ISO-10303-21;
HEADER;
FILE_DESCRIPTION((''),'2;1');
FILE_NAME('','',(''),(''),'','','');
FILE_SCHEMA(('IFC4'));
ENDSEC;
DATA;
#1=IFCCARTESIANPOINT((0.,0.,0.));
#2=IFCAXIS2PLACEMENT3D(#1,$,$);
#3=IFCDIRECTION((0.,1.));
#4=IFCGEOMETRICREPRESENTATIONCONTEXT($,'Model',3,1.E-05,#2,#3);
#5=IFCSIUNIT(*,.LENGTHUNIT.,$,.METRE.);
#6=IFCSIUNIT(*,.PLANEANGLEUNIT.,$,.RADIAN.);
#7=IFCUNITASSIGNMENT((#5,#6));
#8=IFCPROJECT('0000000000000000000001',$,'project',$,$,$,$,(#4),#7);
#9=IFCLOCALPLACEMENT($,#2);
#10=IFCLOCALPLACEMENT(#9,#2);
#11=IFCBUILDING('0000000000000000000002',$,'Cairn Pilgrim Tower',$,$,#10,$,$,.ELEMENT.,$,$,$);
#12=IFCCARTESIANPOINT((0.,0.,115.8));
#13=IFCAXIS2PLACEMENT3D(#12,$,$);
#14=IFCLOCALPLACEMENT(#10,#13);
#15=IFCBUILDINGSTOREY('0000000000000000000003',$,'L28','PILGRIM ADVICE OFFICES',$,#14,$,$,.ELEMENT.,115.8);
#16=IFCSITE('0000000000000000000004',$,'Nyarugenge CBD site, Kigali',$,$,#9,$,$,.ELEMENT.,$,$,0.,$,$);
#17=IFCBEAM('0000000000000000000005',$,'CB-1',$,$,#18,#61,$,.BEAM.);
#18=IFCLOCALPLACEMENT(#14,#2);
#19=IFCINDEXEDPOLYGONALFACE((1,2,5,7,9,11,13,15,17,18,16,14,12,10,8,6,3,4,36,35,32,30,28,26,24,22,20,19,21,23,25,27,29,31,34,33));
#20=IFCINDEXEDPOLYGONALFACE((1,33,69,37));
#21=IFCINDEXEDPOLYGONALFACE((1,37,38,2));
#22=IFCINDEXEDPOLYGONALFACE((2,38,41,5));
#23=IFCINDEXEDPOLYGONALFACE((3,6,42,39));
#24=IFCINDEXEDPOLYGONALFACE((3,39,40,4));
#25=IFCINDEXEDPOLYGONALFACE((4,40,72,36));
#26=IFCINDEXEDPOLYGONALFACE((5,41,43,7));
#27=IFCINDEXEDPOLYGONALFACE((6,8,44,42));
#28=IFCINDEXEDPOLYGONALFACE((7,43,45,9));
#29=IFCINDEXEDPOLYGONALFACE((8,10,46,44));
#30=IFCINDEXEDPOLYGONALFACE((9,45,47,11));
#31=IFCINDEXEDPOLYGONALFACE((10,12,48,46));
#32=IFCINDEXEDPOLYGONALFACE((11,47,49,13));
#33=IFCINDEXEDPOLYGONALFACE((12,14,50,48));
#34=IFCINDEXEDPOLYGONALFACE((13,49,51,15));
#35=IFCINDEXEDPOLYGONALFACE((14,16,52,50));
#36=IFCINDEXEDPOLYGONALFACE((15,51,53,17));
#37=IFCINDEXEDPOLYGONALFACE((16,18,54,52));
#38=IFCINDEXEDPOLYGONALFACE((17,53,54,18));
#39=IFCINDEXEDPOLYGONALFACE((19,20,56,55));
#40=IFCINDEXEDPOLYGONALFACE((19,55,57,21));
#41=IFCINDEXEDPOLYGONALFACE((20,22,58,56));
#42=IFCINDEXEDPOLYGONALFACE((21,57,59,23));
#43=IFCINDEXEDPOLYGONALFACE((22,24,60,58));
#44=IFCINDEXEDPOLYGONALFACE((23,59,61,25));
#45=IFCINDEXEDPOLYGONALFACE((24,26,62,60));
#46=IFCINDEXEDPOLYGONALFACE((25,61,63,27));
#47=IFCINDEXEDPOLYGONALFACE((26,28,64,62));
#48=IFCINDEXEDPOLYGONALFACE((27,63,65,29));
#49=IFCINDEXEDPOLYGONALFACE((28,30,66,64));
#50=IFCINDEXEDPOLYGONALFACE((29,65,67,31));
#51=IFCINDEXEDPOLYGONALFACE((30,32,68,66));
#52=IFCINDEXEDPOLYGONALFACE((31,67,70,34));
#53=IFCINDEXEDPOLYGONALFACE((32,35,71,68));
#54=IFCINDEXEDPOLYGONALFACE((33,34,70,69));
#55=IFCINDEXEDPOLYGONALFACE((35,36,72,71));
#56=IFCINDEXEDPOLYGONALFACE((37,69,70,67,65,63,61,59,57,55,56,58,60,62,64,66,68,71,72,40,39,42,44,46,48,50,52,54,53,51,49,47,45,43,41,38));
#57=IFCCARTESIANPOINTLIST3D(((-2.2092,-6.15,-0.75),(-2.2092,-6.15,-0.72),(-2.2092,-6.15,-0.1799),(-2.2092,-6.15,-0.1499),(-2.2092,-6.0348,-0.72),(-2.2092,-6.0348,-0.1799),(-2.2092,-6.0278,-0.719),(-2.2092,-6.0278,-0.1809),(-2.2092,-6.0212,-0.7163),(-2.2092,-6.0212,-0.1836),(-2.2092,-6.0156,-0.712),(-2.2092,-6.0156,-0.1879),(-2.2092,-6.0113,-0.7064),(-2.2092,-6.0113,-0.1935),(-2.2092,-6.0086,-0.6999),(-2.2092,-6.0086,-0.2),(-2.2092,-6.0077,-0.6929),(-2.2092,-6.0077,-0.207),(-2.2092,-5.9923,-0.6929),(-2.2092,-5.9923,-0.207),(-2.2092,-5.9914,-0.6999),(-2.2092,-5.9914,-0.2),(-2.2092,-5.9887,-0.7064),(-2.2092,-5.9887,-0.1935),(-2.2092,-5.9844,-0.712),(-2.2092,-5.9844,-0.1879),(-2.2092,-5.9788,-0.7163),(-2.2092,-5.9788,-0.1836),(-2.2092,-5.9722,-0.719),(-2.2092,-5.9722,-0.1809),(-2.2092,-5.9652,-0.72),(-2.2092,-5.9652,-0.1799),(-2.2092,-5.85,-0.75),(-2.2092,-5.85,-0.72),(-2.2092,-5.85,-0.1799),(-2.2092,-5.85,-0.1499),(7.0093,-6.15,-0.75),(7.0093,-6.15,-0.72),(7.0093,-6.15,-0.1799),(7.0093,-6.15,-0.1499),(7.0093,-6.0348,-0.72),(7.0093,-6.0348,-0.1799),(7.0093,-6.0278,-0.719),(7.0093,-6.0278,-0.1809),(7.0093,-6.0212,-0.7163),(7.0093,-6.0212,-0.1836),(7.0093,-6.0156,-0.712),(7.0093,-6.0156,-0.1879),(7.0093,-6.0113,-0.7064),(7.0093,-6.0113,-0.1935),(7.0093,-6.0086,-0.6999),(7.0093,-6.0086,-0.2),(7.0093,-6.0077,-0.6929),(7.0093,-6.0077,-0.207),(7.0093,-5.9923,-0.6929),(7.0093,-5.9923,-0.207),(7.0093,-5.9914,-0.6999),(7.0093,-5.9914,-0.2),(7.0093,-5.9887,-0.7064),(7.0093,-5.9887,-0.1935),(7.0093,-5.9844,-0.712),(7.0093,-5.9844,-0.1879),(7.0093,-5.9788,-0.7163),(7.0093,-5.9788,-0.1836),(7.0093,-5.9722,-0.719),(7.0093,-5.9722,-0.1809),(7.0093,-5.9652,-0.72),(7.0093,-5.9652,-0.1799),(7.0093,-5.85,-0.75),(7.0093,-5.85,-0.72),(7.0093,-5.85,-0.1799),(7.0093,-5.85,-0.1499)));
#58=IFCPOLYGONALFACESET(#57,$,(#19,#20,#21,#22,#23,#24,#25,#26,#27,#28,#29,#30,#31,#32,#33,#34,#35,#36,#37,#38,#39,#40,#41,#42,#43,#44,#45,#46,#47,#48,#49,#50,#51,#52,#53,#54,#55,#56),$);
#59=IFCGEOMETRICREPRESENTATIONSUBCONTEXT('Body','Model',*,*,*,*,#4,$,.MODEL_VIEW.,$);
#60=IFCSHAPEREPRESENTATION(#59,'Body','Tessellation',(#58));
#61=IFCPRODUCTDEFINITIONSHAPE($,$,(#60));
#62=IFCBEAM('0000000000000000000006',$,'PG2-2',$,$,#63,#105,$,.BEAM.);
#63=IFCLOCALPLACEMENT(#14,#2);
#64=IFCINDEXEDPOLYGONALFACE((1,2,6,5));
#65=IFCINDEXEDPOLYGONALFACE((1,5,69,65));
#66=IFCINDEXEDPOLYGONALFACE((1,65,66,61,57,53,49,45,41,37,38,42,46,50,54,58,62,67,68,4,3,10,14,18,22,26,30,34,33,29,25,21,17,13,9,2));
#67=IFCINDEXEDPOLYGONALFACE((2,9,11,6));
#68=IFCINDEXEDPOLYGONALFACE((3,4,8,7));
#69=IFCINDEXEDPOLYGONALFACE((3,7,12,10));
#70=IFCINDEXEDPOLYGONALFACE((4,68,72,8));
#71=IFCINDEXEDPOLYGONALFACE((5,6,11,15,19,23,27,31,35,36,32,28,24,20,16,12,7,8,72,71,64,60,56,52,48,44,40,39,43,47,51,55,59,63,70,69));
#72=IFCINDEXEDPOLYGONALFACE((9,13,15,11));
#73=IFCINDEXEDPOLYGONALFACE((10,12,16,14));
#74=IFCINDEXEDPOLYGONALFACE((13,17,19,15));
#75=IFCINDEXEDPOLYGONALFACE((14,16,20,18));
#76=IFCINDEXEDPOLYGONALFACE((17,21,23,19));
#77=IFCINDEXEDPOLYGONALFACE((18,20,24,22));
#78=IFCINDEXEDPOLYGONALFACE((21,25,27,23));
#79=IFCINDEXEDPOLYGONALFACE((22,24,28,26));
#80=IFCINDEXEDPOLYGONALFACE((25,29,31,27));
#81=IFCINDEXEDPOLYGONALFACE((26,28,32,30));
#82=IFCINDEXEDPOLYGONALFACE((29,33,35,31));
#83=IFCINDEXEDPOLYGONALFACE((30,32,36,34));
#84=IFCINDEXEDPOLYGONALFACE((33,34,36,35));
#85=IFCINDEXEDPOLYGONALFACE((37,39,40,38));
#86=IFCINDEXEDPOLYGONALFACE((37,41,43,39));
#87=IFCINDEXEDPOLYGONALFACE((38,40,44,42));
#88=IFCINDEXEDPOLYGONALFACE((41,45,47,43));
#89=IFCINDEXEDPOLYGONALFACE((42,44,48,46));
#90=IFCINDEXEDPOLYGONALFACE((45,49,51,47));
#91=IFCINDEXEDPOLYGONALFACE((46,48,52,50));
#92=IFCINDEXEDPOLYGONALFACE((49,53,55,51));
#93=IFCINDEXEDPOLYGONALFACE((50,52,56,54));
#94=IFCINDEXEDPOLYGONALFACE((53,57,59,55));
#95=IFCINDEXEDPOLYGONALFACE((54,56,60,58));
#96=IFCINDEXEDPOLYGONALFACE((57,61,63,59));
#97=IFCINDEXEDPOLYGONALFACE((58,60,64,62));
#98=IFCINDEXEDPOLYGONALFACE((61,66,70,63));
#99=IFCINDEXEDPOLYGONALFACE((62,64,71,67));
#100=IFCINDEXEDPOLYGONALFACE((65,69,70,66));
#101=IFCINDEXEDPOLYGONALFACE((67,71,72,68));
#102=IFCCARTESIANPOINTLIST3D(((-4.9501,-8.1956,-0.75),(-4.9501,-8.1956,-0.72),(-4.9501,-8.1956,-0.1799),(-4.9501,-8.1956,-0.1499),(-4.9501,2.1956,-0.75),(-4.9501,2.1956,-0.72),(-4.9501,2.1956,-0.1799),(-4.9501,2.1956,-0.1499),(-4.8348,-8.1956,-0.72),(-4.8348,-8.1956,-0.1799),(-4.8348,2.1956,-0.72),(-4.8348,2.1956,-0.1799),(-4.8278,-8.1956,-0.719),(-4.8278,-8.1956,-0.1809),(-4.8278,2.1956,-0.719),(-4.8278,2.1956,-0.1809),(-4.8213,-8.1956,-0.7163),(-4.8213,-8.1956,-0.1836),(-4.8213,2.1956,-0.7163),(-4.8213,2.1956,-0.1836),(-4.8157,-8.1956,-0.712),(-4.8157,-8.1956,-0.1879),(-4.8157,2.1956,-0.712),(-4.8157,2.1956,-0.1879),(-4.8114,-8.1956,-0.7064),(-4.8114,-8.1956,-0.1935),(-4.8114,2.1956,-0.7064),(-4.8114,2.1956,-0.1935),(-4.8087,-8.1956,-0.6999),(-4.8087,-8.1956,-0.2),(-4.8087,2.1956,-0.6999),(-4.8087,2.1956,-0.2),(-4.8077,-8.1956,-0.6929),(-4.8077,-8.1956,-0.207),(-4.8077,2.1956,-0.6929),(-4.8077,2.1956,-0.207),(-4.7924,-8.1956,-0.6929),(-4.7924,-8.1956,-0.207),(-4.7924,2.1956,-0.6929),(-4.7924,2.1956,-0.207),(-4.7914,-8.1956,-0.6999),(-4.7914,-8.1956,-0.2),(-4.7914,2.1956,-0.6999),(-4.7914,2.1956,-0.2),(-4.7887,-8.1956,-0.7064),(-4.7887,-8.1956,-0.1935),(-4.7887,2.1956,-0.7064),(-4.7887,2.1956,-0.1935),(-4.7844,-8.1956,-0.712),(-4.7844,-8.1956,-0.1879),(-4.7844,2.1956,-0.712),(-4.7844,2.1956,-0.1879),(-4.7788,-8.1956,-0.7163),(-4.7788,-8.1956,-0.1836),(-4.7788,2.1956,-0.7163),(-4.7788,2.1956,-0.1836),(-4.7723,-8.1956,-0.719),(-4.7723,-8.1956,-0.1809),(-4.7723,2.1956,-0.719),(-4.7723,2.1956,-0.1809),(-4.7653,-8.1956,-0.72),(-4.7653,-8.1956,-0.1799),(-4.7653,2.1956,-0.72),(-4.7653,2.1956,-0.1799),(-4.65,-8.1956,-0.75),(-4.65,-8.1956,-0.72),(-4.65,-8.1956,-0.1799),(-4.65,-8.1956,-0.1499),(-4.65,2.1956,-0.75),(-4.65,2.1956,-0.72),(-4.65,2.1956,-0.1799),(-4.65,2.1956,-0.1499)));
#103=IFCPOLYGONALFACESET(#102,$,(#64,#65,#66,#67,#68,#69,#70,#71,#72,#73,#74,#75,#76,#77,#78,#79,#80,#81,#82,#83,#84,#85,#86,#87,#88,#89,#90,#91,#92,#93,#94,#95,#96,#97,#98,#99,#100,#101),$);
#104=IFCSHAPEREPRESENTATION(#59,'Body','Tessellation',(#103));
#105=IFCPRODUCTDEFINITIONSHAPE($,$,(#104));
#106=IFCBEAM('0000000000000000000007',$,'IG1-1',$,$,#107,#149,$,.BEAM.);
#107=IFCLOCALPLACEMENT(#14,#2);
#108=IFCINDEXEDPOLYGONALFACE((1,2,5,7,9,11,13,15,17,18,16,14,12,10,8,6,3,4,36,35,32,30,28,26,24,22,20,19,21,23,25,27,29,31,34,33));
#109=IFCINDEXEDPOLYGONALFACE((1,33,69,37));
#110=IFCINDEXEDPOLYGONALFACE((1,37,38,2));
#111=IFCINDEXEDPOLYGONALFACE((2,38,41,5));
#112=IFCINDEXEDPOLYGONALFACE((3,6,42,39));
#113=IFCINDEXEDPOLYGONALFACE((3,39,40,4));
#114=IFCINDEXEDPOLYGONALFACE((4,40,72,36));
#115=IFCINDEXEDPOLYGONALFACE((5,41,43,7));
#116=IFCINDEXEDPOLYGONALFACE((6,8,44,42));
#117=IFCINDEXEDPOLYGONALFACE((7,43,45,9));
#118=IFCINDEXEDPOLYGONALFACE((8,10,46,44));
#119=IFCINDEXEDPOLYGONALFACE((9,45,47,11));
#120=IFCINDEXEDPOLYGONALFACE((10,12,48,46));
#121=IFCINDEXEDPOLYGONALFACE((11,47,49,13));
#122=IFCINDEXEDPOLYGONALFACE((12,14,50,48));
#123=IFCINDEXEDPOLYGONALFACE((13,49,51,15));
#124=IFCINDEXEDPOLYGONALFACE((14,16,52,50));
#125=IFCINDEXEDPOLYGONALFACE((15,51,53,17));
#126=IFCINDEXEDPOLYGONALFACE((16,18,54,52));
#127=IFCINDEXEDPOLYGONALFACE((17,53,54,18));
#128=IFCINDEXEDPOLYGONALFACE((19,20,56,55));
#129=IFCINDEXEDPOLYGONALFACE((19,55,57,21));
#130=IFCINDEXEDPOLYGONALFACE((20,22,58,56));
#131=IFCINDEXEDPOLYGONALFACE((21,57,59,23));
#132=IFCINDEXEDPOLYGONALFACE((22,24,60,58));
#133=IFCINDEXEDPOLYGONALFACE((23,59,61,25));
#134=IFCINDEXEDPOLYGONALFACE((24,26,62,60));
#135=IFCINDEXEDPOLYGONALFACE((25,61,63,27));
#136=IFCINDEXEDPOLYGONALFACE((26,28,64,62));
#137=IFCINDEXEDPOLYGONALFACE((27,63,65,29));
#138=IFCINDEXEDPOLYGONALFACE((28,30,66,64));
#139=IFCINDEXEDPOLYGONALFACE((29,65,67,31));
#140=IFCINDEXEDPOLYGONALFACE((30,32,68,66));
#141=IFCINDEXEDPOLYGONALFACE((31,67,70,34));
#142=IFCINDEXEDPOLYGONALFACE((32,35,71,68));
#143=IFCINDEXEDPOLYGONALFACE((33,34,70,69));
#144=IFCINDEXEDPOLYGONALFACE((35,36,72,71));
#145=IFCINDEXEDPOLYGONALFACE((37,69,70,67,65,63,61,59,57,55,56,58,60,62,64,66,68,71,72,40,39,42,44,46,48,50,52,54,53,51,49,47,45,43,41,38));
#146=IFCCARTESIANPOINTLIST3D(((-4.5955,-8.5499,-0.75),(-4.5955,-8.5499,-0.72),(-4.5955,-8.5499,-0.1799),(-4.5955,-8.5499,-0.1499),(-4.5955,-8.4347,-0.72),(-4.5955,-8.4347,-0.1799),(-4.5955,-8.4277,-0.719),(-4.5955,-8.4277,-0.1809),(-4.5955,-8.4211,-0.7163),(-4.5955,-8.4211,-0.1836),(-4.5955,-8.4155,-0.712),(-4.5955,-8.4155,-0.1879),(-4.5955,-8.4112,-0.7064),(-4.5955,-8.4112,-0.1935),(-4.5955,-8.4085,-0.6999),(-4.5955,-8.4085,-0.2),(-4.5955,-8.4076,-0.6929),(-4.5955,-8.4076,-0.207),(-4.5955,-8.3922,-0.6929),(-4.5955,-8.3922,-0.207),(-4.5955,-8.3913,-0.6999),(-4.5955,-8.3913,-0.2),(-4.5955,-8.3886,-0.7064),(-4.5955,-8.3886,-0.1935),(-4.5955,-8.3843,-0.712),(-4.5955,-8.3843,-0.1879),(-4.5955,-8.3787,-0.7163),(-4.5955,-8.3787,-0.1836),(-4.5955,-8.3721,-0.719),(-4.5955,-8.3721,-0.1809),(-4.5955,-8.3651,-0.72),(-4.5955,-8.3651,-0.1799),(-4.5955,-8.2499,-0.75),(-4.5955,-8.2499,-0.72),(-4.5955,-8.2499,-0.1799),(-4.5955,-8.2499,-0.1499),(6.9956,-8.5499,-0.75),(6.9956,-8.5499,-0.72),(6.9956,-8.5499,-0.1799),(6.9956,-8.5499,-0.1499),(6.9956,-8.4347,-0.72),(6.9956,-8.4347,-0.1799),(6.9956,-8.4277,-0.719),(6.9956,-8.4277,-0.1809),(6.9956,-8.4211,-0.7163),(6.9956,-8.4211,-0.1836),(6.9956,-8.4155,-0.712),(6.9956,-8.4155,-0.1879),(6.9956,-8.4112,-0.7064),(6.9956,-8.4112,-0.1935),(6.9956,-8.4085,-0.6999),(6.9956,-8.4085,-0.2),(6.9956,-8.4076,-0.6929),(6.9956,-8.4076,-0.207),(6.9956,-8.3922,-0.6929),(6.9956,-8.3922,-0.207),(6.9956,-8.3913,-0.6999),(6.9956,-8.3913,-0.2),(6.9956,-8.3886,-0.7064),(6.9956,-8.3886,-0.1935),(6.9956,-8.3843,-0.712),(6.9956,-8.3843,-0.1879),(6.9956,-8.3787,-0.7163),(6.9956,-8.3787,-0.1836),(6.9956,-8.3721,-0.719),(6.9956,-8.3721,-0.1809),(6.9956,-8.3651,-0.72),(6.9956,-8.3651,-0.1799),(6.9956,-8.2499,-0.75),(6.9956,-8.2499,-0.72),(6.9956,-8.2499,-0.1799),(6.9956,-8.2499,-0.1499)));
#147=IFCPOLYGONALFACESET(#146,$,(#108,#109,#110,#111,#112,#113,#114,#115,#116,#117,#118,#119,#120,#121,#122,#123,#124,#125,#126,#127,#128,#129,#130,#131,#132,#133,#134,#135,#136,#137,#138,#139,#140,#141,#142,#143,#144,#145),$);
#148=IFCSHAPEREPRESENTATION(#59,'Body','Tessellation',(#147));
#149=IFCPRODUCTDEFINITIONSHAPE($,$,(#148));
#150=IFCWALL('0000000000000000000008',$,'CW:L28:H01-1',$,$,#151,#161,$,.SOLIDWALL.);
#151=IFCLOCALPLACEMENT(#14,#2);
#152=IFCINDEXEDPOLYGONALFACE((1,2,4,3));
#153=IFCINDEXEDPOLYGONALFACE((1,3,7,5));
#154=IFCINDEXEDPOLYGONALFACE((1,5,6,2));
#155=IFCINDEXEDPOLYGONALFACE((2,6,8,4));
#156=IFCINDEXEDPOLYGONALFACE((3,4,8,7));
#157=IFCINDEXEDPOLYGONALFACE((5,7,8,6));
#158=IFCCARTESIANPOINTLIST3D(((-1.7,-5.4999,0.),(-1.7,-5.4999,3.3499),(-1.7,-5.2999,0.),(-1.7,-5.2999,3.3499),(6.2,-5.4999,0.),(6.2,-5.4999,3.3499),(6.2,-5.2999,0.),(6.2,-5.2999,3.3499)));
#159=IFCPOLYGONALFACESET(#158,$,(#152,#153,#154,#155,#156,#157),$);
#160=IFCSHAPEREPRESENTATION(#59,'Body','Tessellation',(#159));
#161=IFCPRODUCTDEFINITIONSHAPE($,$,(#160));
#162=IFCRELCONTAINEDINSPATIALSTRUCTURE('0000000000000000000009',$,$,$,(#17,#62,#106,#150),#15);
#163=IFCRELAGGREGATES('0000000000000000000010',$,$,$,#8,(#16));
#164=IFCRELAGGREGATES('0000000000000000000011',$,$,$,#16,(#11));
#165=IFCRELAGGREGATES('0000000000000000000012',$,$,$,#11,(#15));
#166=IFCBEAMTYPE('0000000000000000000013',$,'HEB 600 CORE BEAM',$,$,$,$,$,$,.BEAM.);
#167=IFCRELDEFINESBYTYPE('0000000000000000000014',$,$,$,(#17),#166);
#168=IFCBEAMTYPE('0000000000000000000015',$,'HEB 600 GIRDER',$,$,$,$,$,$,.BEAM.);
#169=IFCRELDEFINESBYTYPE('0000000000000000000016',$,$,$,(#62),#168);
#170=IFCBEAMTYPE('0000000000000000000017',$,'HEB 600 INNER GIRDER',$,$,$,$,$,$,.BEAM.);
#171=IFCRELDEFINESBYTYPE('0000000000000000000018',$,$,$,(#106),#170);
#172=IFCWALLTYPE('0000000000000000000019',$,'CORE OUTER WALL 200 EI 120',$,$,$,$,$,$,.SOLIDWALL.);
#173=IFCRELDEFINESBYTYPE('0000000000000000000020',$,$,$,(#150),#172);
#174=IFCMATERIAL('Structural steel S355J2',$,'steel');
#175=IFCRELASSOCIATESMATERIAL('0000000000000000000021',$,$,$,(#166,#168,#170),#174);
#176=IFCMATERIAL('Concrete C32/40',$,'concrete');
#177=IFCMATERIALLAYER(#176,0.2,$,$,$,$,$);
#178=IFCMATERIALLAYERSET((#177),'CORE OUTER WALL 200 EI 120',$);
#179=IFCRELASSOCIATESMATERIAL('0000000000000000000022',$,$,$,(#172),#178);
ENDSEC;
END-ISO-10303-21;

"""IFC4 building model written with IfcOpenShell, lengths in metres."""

from ifc_helpers import new_model, si_unit, direction, frame, frame_2d, origin, origin_2d, place, context, subcontext, project, spatial, rectangle, i_section, extrude, material, layer, layer_set, material_profile, profile_set, type_object, element, save


model = new_model("IFC4")

# Units and contexts
model_context = context("Model", 3, precision=1e-05, world=origin(), true_north=direction((0.0, 1.0)))
body_context = subcontext(model_context, "Body", "Model", "MODEL_VIEW")
ifc_project = project(units=[si_unit("LENGTHUNIT", "METRE"), si_unit("PLANEANGLEUNIT", "RADIAN")], contexts=[model_context])

# Site, building, storey
site_placement = place(None, origin())
site = spatial("IfcSite", under=ifc_project, at=site_placement, Name="Nyarugenge CBD site, Kigali", CompositionType="ELEMENT", RefElevation=0.0)
building_placement = place(site_placement, origin())
building = spatial("IfcBuilding", under=site, at=building_placement, Name="Cairn Pilgrim Tower", CompositionType="ELEMENT")
storey_placement = place(building_placement, frame((0.0, 0.0, 115.8)))
storey = spatial("IfcBuildingStorey", under=building, at=storey_placement, Name="L28", Description="PILGRIM ADVICE OFFICES", CompositionType="ELEMENT", Elevation=115.8)

# Beams
ifc_material_1 = material(Name="Structural steel S355J2", Category="steel")
ifc_material_profile_1 = material_profile(ifc_material_1, i_section(OverallWidth=0.3, OverallDepth=0.6001, WebThickness=0.0154, FlangeThickness=0.03, FilletRadius=0.0271, at=origin_2d()), Name="HEB 600")
ifc_profile_set_1 = profile_set([ifc_material_profile_1], Name="Structural steel S355J2")
beam_type_1 = type_object("IfcBeamType", Name="HEB 600 CORE BEAM", PredefinedType="BEAM", material=ifc_profile_set_1)
beam_1_placement = place(storey_placement, frame((-2.2092, -6.0, -0.45), z_axis=(1.0, 0.0, 0.0), x_axis=(0.0, 1.0, 0.0)))
element("IfcBeam", 1, at=beam_1_placement, inside=storey, type_object=beam_type_1, Name="CB-1", PredefinedType="BEAM", context=body_context, shape_type="SweptSolid", body=[
    extrude(i_section(OverallWidth=0.3, OverallDepth=0.6001, WebThickness=0.0154, FlangeThickness=0.03, FilletRadius=0.0271, at=origin_2d()), origin(), (0.0, 0.0, 1.0), 9.2185),
])
ifc_material_profile_2 = material_profile(ifc_material_1, i_section(OverallWidth=0.3, OverallDepth=0.6001, WebThickness=0.0154, FlangeThickness=0.03, FilletRadius=0.0271, at=origin_2d()), Name="HEB 600")
ifc_profile_set_2 = profile_set([ifc_material_profile_2], Name="Structural steel S355J2")
beam_type_2 = type_object("IfcBeamType", Name="HEB 600 GIRDER", PredefinedType="BEAM", material=ifc_profile_set_2)
beam_2_placement = place(storey_placement, frame((-4.8, -8.1956, -0.45), z_axis=(0.0, 1.0, 0.0), x_axis=(-1.0, 0.0, 0.0)))
element("IfcBeam", 2, at=beam_2_placement, inside=storey, type_object=beam_type_2, Name="PG2-2", PredefinedType="BEAM", context=body_context, shape_type="SweptSolid", body=[
    extrude(i_section(OverallWidth=0.3, OverallDepth=0.6001, WebThickness=0.0154, FlangeThickness=0.03, FilletRadius=0.0271, at=origin_2d()), origin(), (0.0, 0.0, 1.0), 10.3911),
])
ifc_material_profile_3 = material_profile(ifc_material_1, i_section(OverallWidth=0.3, OverallDepth=0.6001, WebThickness=0.0154, FlangeThickness=0.03, FilletRadius=0.0271, at=origin_2d()), Name="HEB 600")
ifc_profile_set_3 = profile_set([ifc_material_profile_3], Name="Structural steel S355J2")
beam_type_3 = type_object("IfcBeamType", Name="HEB 600 INNER GIRDER", PredefinedType="BEAM", material=ifc_profile_set_3)
beam_3_placement = place(storey_placement, frame((-4.5955, -8.3999, -0.45), z_axis=(1.0, 0.0, 0.0), x_axis=(0.0, 1.0, 0.0)))
element("IfcBeam", 3, at=beam_3_placement, inside=storey, type_object=beam_type_3, Name="IG1-1", PredefinedType="BEAM", context=body_context, shape_type="SweptSolid", body=[
    extrude(i_section(OverallWidth=0.3, OverallDepth=0.6001, WebThickness=0.0154, FlangeThickness=0.03, FilletRadius=0.0271, at=origin_2d()), origin(), (0.0, 0.0, 1.0), 11.5911),
])

# Wall
ifc_material_2 = material(Name="Concrete C32/40", Category="concrete")
ifc_layer_1 = layer(ifc_material_2, 0.2)
ifc_layer_set_1 = layer_set([ifc_layer_1], Name="CORE OUTER WALL 200 EI 120")
wall_type_1 = type_object("IfcWallType", Name="CORE OUTER WALL 200 EI 120", PredefinedType="SOLIDWALL", material=ifc_layer_set_1)
wall_1_placement = place(storey_placement, frame((-1.7, -5.3999, 0.0), z_axis=(0.0, 0.0, 1.0), x_axis=(1.0, 0.0, 0.0)))
element("IfcWall", 4, at=wall_1_placement, inside=storey, type_object=wall_type_1, Name="CW:L28:H01-1", PredefinedType="SOLIDWALL", context=body_context, shape_type="SweptSolid", body=[
    extrude(rectangle(XDim=7.8999, YDim=0.2, at=frame_2d((3.95, 0.0))), origin(), (0.0, 0.0, 1.0), 3.3499),
])

save(model, "model.ifc")
